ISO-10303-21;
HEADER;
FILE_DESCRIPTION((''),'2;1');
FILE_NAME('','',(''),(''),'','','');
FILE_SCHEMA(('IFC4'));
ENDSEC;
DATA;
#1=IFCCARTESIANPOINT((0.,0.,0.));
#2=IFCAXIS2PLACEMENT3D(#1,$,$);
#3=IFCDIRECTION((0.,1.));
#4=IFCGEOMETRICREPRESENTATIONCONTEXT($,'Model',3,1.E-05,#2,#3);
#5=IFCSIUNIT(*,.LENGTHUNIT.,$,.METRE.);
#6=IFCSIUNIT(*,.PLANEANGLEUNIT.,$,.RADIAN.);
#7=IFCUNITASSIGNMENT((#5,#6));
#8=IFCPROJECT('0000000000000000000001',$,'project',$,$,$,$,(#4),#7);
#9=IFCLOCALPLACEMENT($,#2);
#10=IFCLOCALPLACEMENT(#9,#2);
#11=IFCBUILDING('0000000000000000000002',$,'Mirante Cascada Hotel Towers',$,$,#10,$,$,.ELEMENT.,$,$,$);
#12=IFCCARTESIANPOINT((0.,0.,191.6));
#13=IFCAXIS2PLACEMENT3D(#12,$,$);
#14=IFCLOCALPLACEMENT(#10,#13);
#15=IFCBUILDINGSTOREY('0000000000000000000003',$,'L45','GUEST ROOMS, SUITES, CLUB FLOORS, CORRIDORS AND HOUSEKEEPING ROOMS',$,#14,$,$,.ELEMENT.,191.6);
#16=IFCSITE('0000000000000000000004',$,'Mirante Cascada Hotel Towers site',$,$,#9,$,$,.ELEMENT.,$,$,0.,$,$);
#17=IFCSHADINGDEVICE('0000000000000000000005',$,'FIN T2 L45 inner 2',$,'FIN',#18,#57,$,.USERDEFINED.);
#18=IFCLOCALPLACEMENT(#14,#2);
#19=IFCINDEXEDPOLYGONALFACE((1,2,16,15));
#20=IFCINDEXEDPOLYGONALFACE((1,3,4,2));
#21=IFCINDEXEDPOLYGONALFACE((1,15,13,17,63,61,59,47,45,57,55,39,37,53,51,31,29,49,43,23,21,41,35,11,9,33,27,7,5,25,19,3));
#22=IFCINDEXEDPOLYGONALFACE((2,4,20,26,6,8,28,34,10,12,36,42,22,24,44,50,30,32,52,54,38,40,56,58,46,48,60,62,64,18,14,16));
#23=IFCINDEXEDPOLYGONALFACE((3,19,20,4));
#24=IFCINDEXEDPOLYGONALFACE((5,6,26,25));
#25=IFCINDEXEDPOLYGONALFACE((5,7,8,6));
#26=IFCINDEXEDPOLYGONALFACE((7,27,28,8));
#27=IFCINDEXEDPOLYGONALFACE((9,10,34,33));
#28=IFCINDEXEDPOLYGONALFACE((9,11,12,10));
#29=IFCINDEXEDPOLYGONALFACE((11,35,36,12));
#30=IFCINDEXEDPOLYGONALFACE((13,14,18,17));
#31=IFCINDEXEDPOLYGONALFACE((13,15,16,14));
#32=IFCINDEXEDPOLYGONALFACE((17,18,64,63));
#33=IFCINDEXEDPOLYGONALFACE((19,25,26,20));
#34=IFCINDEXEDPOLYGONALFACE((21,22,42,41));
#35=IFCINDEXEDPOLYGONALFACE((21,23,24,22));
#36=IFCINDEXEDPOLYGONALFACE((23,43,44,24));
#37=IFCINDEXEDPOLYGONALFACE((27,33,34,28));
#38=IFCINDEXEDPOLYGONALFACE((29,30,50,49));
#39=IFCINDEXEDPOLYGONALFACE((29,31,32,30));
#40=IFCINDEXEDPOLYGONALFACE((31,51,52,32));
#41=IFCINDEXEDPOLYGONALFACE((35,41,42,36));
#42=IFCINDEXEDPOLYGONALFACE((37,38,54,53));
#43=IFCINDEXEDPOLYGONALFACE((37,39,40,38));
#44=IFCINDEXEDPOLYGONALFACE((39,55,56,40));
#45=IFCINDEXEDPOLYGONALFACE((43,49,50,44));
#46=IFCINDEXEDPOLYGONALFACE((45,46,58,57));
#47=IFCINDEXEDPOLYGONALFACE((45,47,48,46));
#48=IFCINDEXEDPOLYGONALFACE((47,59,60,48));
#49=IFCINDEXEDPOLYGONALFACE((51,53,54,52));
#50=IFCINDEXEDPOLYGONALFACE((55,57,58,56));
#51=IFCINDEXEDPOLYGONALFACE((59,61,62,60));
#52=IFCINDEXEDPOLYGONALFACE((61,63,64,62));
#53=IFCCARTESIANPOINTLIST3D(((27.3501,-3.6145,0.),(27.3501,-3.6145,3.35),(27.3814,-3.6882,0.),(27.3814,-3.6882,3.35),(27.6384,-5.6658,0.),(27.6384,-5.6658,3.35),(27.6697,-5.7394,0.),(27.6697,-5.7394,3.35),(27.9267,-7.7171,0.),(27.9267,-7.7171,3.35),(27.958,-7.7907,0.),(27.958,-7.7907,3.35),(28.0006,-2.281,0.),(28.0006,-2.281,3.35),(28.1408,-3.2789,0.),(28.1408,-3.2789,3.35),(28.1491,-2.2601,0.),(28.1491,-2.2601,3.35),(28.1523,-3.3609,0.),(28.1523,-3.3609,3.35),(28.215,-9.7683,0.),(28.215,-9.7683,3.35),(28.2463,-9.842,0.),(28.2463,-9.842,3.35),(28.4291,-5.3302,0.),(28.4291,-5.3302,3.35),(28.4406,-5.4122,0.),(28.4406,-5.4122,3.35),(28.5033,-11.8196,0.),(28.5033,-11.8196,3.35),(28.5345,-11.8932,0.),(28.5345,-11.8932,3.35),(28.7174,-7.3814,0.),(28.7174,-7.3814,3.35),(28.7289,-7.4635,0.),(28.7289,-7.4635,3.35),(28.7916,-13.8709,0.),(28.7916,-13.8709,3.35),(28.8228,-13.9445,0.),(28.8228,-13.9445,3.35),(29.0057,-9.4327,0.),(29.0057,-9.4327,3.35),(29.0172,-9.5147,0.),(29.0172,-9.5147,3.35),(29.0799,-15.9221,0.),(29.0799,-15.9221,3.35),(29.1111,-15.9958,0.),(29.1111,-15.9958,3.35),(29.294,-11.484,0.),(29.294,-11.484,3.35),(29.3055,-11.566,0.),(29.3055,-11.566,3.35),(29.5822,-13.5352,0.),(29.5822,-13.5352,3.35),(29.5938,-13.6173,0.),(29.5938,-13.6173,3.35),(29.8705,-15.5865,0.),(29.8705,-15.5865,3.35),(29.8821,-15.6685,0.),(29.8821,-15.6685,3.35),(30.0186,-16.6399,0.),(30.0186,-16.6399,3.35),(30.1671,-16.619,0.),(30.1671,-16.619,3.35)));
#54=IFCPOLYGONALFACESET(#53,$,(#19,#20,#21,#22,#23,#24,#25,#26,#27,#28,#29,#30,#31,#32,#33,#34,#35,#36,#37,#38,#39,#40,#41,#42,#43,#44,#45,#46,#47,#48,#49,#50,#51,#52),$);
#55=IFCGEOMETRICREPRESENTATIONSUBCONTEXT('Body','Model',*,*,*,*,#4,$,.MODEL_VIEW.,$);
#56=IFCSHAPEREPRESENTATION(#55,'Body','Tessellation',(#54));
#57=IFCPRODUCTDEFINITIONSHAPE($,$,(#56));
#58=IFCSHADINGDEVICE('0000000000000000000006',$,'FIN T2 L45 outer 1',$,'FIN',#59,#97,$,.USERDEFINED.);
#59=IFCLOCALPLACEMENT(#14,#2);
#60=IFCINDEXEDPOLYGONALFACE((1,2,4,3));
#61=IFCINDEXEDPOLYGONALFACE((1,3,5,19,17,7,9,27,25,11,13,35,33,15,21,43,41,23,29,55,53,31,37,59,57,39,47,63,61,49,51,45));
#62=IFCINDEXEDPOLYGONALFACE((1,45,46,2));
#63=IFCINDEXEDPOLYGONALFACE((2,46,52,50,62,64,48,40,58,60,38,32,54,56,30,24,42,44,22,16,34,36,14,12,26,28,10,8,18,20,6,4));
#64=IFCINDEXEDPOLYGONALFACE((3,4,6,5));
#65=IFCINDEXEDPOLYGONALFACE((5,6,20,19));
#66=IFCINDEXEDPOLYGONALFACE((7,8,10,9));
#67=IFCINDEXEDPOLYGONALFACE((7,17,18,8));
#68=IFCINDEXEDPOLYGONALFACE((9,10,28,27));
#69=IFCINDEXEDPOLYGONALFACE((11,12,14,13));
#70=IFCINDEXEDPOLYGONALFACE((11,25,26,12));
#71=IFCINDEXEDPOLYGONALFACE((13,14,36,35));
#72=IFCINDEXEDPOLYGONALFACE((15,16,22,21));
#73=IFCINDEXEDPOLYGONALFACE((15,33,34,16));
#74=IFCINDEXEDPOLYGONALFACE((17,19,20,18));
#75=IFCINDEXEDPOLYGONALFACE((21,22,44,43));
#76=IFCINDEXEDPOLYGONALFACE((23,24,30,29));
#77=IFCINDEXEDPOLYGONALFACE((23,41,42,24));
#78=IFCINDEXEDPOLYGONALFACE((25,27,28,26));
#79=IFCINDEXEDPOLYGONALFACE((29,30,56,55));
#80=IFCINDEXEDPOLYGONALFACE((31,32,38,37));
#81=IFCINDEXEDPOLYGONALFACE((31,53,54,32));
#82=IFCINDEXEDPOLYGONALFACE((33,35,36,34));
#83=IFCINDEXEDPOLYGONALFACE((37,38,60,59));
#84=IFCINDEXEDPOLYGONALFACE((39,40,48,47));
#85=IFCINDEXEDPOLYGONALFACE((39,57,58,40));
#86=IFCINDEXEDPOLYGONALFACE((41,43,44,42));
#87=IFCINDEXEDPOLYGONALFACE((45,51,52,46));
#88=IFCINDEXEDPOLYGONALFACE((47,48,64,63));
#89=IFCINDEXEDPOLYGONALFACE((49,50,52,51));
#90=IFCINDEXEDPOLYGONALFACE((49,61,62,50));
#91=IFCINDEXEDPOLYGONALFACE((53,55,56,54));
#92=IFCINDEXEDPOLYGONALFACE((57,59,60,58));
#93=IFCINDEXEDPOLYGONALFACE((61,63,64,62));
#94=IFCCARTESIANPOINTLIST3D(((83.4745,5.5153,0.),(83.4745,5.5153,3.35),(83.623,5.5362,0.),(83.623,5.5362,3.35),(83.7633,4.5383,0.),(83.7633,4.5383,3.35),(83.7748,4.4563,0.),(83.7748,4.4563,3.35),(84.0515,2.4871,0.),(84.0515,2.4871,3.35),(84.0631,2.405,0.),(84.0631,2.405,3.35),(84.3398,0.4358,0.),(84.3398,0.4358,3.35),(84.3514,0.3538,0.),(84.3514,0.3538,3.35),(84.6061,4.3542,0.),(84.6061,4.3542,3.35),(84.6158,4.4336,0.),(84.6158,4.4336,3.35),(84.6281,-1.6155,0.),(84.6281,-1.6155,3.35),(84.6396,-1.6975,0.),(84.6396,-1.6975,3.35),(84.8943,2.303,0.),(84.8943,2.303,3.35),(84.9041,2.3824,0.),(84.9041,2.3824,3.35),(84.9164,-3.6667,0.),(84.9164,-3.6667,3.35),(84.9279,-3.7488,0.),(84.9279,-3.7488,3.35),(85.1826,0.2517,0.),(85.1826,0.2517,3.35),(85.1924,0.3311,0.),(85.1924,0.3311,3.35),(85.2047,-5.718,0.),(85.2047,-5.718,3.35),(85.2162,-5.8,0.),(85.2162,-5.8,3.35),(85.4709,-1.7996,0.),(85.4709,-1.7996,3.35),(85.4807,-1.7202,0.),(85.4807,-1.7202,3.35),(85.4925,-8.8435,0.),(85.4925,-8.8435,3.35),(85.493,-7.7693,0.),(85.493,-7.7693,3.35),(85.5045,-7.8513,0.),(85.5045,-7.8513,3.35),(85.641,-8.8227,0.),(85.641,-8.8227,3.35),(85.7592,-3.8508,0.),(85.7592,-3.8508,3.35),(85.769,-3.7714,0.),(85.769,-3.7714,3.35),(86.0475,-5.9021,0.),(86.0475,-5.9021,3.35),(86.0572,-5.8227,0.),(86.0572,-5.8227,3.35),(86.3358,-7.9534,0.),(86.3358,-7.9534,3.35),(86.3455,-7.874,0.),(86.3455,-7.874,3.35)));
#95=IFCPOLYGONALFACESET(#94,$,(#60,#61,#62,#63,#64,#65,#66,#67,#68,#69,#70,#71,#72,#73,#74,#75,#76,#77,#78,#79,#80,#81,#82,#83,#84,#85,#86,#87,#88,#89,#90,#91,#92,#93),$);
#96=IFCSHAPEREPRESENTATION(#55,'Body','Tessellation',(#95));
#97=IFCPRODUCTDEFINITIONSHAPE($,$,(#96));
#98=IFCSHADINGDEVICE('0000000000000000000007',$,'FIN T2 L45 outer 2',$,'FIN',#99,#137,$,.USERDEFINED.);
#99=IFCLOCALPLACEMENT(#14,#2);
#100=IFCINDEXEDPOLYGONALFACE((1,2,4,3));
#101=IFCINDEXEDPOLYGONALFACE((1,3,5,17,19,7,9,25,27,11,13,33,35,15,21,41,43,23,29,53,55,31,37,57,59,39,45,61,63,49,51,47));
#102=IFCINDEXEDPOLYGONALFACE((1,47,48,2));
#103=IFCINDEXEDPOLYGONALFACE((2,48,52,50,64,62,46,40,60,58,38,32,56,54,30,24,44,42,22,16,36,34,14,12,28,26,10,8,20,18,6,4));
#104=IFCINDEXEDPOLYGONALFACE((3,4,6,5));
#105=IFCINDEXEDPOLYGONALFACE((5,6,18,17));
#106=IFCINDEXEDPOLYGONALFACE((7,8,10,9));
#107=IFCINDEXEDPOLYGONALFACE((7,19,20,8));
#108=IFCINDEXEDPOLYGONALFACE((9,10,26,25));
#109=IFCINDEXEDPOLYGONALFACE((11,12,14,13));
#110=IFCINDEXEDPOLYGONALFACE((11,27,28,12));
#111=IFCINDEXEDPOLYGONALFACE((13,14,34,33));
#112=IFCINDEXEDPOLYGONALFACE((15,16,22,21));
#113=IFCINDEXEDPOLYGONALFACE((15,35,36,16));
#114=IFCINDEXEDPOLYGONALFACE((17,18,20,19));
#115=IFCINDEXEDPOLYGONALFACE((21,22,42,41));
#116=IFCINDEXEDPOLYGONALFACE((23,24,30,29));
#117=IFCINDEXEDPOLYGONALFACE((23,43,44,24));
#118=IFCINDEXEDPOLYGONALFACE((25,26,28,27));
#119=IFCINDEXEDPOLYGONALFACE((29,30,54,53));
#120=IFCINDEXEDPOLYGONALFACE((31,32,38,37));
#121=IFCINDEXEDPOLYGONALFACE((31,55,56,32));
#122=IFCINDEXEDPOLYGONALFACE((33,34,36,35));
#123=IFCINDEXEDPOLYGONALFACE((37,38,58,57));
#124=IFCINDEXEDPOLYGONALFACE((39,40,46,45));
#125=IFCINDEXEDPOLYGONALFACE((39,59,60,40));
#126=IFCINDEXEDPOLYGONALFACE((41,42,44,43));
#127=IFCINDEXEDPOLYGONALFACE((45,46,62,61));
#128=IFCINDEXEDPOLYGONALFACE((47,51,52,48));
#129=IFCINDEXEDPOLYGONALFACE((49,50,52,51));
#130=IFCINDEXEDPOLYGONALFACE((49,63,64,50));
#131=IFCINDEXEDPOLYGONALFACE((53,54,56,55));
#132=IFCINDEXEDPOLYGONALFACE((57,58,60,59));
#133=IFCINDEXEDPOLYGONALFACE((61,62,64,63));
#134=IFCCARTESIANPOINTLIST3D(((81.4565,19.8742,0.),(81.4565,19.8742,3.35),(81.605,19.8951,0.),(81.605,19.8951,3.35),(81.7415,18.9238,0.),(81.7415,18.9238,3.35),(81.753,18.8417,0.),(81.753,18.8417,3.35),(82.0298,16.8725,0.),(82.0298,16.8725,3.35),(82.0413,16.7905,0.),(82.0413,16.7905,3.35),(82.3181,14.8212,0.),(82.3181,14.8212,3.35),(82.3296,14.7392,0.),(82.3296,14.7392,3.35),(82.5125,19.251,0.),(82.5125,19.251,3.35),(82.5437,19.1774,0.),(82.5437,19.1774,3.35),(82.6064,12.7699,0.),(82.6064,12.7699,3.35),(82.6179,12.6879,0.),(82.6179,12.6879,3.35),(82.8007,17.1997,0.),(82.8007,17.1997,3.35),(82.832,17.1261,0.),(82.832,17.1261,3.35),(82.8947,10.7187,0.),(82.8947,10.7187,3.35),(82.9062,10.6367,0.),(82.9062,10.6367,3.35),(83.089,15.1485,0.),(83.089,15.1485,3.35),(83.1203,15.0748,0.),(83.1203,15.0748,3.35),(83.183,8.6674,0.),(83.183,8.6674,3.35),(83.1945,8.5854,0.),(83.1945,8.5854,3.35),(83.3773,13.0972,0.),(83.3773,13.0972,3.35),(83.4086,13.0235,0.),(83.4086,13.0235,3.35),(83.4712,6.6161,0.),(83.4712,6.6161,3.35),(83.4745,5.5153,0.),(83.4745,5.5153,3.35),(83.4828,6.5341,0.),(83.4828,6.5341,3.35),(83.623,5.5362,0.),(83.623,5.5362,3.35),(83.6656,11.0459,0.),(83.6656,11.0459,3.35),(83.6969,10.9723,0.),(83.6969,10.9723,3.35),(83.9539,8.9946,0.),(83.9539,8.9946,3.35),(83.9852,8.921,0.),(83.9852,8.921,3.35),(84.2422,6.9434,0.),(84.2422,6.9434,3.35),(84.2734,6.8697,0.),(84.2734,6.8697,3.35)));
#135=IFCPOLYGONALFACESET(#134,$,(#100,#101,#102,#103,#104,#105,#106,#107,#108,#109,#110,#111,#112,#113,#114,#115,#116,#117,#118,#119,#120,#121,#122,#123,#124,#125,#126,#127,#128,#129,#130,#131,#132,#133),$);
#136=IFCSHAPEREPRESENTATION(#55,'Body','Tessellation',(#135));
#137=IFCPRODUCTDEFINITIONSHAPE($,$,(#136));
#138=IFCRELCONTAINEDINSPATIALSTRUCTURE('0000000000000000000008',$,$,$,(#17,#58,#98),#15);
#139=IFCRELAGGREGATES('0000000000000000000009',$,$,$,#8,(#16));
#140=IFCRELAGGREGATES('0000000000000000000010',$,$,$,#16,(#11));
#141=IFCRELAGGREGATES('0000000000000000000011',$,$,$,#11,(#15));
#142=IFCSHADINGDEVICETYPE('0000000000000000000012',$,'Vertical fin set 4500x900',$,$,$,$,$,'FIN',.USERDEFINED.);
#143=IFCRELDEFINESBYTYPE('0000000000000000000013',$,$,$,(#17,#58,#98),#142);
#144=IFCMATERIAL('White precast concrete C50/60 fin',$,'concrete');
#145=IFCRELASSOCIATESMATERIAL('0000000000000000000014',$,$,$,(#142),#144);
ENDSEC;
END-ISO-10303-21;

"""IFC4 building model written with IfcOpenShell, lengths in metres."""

from ifc_helpers import new_model, si_unit, direction, frame, origin, place, context, subcontext, project, spatial, polyline, outline, extrude, material, type_object, element, save


model = new_model("IFC4")

# Units and contexts
model_context = context("Model", 3, precision=1e-05, world=origin(), true_north=direction((0.0, 1.0)))
body_context = subcontext(model_context, "Body", "Model", "MODEL_VIEW")
ifc_project = project(units=[si_unit("LENGTHUNIT", "METRE"), si_unit("PLANEANGLEUNIT", "RADIAN")], contexts=[model_context])

# Site, building, storey
site_placement = place(None, origin())
site = spatial("IfcSite", under=ifc_project, at=site_placement, Name="Mirante Cascada Hotel Towers site", CompositionType="ELEMENT", RefElevation=0.0)
building_placement = place(site_placement, origin())
building = spatial("IfcBuilding", under=site, at=building_placement, Name="Mirante Cascada Hotel Towers", CompositionType="ELEMENT")
storey_placement = place(building_placement, frame((0.0, 0.0, 191.6)))
storey = spatial("IfcBuildingStorey", under=building, at=storey_placement, Name="L45", Description="GUEST ROOMS, SUITES, CLUB FLOORS, CORRIDORS AND HOUSEKEEPING ROOMS", CompositionType="ELEMENT", Elevation=191.6)

# Shading devices
ifc_material_1 = material(Name="White precast concrete C50/60 fin", Category="concrete")
shading_device_type = type_object("IfcShadingDeviceType", Name="Vertical fin set 4500x900", ElementType="FIN", PredefinedType="USERDEFINED", material=ifc_material_1)
shading_device_1_placement = place(storey_placement, origin())
element("IfcShadingDevice", 1, at=shading_device_1_placement, inside=storey, type_object=shading_device_type, Name="FIN T2 L45 inner 2", ObjectType="FIN", PredefinedType="USERDEFINED", context=body_context, shape_type="SweptSolid", body=[
    extrude(outline(polyline([(29.0799, -15.9221), (29.8705, -15.5865), (29.5938, -13.6173), (28.8228, -13.9445), (28.7916, -13.8709), (29.5822, -13.5352), (29.3055, -11.566), (28.5345, -11.8932), (28.5033, -11.8196), (29.294, -11.484), (29.0172, -9.5147), (28.2463, -9.842), (28.215, -9.7683), (29.0057, -9.4327), (28.7289, -7.4635), (27.958, -7.7907), (27.9267, -7.7171), (28.7174, -7.3814), (28.4406, -5.4122), (27.6697, -5.7394), (27.6384, -5.6658), (28.4291, -5.3302), (28.1523, -3.3609), (27.3814, -3.6882), (27.3501, -3.6145), (28.1408, -3.2789), (28.0006, -2.281), (28.1491, -2.2601), (30.1671, -16.619), (30.0186, -16.6399), (29.8821, -15.6685), (29.1111, -15.9958), (29.0799, -15.9221)])), origin(), (0.0, 0.0, 1.0), 3.35),
])
shading_device_2_placement = place(storey_placement, origin())
element("IfcShadingDevice", 2, at=shading_device_2_placement, inside=storey, type_object=shading_device_type, Name="FIN T2 L45 outer 1", ObjectType="FIN", PredefinedType="USERDEFINED", context=body_context, shape_type="SweptSolid", body=[
    extrude(outline(polyline([(86.3358, -7.9534), (85.5045, -7.8513), (85.641, -8.8227), (85.4925, -8.8435), (83.4745, 5.5153), (83.623, 5.5362), (83.7633, 4.5383), (84.6158, 4.4336), (84.6061, 4.3542), (83.7748, 4.4563), (84.0515, 2.4871), (84.9041, 2.3824), (84.8943, 2.303), (84.0631, 2.405), (84.3398, 0.4358), (85.1924, 0.3311), (85.1826, 0.2517), (84.3514, 0.3538), (84.6281, -1.6155), (85.4807, -1.7202), (85.4709, -1.7996), (84.6396, -1.6975), (84.9164, -3.6667), (85.769, -3.7714), (85.7592, -3.8508), (84.9279, -3.7488), (85.2047, -5.718), (86.0572, -5.8227), (86.0475, -5.9021), (85.2162, -5.8), (85.493, -7.7693), (86.3455, -7.874), (86.3358, -7.9534)])), origin(), (0.0, 0.0, 1.0), 3.35),
])
shading_device_3_placement = place(storey_placement, origin())
element("IfcShadingDevice", 3, at=shading_device_3_placement, inside=storey, type_object=shading_device_type, Name="FIN T2 L45 outer 2", ObjectType="FIN", PredefinedType="USERDEFINED", context=body_context, shape_type="SweptSolid", body=[
    extrude(outline(polyline([(84.2734, 6.8697), (83.4828, 6.5341), (83.623, 5.5362), (83.4745, 5.5153), (81.4565, 19.8742), (81.605, 19.8951), (81.7415, 18.9238), (82.5125, 19.251), (82.5437, 19.1774), (81.753, 18.8417), (82.0298, 16.8725), (82.8007, 17.1997), (82.832, 17.1261), (82.0413, 16.7905), (82.3181, 14.8212), (83.089, 15.1485), (83.1203, 15.0748), (82.3296, 14.7392), (82.6064, 12.7699), (83.3773, 13.0972), (83.4086, 13.0235), (82.6179, 12.6879), (82.8947, 10.7187), (83.6656, 11.0459), (83.6969, 10.9723), (82.9062, 10.6367), (83.183, 8.6674), (83.9539, 8.9946), (83.9852, 8.921), (83.1945, 8.5854), (83.4712, 6.6161), (84.2422, 6.9434), (84.2734, 6.8697)])), origin(), (0.0, 0.0, 1.0), 3.35),
])

save(model, "model.ifc")
